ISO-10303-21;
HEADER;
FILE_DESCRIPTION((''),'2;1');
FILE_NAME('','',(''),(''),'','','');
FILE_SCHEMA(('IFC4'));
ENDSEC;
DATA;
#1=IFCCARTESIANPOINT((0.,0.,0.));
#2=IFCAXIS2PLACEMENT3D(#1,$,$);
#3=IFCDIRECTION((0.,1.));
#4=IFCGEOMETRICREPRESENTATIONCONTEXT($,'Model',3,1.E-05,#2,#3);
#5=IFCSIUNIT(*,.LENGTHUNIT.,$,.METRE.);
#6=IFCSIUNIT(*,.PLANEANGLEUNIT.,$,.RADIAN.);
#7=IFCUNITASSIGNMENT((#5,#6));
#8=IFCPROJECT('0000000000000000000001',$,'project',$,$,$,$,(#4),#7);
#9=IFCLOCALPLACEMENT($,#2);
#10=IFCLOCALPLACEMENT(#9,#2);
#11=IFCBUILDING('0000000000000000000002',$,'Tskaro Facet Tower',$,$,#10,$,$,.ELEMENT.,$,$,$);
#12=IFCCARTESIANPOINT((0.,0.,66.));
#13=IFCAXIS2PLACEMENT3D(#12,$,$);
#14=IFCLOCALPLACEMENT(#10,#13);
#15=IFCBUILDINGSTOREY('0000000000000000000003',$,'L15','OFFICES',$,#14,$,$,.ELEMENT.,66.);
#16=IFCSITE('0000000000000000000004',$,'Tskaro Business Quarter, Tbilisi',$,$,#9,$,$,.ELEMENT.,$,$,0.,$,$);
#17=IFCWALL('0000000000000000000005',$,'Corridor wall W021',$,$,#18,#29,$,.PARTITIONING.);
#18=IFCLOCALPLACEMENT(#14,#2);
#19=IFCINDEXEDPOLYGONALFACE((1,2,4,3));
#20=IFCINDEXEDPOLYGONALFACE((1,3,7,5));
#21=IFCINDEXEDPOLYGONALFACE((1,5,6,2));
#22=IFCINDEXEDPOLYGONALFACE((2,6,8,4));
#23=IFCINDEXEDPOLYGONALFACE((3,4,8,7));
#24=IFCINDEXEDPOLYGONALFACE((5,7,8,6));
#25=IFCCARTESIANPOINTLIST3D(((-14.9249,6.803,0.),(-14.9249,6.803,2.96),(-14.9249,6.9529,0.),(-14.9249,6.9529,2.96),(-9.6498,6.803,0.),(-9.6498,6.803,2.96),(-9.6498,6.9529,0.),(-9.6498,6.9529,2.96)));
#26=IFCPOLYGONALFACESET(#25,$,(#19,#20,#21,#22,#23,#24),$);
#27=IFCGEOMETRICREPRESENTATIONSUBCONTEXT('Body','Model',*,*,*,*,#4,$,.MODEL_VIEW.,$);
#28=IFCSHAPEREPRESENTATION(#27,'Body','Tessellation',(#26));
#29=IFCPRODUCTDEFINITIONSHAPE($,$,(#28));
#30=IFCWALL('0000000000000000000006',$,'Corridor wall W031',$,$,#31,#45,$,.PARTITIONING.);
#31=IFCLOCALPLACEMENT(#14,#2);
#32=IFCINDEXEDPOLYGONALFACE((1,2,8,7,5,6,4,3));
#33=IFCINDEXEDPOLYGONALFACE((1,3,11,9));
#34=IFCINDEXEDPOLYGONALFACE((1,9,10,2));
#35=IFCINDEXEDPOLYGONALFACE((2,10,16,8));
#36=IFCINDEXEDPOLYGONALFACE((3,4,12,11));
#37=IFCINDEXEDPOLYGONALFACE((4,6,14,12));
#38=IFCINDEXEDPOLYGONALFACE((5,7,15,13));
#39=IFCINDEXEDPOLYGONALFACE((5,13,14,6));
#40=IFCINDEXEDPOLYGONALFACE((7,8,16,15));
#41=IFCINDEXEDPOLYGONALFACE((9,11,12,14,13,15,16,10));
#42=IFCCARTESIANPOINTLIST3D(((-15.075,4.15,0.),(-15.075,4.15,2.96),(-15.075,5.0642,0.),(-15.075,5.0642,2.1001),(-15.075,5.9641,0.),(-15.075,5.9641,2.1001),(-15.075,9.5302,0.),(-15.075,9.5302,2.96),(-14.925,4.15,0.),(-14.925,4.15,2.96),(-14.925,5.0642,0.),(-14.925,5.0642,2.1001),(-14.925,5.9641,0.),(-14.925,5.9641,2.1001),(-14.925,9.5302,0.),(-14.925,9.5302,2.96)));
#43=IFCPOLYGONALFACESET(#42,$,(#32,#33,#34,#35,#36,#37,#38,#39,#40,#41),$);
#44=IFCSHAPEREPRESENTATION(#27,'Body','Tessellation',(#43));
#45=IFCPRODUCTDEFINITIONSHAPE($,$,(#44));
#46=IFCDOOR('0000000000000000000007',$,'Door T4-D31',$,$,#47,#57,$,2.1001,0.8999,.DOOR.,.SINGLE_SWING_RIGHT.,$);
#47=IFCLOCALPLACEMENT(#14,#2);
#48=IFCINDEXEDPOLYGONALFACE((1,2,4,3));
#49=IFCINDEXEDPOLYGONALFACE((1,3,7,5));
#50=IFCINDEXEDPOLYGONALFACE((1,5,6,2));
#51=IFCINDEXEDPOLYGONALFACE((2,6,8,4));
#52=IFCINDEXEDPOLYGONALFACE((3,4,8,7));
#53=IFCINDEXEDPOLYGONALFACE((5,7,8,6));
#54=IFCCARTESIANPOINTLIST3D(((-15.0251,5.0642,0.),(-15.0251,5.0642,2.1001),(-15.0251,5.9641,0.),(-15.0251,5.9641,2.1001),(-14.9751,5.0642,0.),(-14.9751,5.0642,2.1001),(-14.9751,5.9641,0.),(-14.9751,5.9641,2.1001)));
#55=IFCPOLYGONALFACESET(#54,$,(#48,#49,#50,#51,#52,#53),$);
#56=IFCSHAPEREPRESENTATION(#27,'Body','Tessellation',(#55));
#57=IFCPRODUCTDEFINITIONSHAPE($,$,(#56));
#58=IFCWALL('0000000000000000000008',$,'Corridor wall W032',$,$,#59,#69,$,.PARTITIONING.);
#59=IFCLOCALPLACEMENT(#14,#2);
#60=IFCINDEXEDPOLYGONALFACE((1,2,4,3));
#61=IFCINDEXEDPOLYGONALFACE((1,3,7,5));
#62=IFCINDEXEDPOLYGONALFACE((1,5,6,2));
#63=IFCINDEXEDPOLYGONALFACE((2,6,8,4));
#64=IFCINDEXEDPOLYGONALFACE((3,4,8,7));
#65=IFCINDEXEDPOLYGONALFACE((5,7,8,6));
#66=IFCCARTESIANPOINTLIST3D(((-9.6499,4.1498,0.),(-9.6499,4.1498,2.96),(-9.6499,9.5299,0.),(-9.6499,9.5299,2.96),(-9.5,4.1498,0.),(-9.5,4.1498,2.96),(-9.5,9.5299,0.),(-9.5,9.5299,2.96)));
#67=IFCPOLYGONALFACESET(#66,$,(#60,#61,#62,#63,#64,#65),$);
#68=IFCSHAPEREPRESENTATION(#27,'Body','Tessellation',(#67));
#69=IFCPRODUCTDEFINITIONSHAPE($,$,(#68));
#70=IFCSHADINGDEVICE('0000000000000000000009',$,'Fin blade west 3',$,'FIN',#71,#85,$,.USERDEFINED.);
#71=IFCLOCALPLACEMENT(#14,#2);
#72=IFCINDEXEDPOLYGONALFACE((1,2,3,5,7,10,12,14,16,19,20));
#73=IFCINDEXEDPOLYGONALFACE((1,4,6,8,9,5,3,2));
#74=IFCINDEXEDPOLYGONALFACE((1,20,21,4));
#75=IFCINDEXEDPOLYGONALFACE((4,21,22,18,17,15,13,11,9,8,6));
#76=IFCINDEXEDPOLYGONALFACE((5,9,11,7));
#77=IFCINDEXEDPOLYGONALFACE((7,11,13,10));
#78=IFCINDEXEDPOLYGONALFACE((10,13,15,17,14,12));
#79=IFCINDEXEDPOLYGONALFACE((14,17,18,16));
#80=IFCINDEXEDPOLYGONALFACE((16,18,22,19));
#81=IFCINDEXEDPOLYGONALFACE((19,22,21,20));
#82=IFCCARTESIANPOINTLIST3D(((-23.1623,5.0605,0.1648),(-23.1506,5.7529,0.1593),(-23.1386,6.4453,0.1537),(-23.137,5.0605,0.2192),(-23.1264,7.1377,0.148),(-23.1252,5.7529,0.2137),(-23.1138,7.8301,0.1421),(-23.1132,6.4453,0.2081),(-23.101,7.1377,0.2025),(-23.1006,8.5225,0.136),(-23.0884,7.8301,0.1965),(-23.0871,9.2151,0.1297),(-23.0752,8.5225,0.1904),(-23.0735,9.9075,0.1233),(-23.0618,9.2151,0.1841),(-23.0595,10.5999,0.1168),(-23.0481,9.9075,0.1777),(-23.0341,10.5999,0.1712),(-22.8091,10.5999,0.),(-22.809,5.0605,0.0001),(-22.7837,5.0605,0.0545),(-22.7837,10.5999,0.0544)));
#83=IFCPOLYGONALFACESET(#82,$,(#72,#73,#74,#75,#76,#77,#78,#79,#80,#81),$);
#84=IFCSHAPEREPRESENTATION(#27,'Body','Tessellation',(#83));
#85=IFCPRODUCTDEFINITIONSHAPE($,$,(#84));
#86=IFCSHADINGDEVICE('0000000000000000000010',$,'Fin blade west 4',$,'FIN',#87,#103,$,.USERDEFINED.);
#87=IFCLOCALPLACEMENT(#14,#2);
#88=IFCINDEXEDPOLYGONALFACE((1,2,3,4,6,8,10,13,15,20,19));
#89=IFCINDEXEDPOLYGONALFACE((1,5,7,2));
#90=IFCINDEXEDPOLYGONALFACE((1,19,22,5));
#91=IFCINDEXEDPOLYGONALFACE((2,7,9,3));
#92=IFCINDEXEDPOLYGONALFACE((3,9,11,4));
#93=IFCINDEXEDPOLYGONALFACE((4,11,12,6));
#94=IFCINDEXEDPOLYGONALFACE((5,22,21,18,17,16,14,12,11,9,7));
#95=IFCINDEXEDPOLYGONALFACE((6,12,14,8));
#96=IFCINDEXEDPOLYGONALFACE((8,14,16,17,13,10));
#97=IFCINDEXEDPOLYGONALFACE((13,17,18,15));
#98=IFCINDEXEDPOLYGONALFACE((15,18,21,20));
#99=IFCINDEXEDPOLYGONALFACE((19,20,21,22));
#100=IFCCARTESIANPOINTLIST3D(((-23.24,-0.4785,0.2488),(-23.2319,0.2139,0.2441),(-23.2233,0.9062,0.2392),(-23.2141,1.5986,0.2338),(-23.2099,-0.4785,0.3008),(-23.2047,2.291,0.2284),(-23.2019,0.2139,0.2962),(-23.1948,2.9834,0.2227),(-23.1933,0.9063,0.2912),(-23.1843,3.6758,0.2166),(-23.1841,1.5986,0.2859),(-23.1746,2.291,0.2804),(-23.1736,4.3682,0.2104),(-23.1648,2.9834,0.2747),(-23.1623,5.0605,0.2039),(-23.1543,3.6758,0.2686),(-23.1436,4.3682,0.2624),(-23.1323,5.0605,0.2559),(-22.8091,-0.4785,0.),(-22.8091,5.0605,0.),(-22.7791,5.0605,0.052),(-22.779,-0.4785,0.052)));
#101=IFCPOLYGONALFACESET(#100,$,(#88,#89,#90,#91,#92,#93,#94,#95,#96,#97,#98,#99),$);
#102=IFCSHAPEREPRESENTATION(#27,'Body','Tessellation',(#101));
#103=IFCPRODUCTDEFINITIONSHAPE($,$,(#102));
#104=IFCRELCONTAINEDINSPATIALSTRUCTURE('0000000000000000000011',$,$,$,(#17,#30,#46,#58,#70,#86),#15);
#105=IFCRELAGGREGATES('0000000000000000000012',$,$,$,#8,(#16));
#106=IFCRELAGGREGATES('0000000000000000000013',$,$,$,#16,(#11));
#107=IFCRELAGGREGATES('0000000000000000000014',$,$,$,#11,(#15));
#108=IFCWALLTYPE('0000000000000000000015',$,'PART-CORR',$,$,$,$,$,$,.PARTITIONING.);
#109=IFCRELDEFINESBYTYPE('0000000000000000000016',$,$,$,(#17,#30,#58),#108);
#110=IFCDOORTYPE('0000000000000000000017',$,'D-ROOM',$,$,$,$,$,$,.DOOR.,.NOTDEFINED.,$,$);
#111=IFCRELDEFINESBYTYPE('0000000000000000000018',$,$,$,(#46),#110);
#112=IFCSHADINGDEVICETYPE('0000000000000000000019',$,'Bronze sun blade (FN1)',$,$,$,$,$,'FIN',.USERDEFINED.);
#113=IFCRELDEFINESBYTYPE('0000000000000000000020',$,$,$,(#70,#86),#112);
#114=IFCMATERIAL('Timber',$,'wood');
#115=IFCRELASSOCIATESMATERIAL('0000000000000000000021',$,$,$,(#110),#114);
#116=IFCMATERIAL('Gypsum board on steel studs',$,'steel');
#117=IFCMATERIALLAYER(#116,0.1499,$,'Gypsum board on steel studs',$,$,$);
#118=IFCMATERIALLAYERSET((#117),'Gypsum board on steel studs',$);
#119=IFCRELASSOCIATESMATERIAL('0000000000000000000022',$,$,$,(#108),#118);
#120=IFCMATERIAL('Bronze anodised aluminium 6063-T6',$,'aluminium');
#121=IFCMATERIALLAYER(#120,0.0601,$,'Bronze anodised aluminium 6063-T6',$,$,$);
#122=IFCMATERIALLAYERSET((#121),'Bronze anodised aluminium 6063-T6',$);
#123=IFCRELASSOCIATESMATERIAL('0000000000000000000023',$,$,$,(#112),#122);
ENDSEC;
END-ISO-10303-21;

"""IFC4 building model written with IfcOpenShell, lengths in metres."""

from ifc_helpers import new_model, si_unit, direction, frame, frame_2d, origin, place, context, subcontext, project, spatial, polyline, rectangle, outline, extrude, material, layer, layer_set, type_object, element, fill, save


model = new_model("IFC4")

# Units and contexts
model_context = context("Model", 3, precision=1e-05, world=origin(), true_north=direction((0.0, 1.0)))
body_context = subcontext(model_context, "Body", "Model", "MODEL_VIEW")
ifc_project = project(units=[si_unit("LENGTHUNIT", "METRE"), si_unit("PLANEANGLEUNIT", "RADIAN")], contexts=[model_context])

# Site, building, storey
site_placement = place(None, origin())
site = spatial("IfcSite", under=ifc_project, at=site_placement, Name="Tskaro Business Quarter, Tbilisi", CompositionType="ELEMENT", RefElevation=0.0)
building_placement = place(site_placement, origin())
building = spatial("IfcBuilding", under=site, at=building_placement, Name="Tskaro Facet Tower", CompositionType="ELEMENT")
storey_placement = place(building_placement, frame((0.0, 0.0, 66.0)))
storey = spatial("IfcBuildingStorey", under=building, at=storey_placement, Name="L15", Description="OFFICES", CompositionType="ELEMENT", Elevation=66.0)

# Shared definitions
ifc_material_1 = material(Name="Bronze anodised aluminium 6063-T6", Category="aluminium")

# Shared definitions
ifc_material_2 = material(Name="Timber", Category="wood")
door_type_1 = type_object("IfcDoorType", Name="D-ROOM", OperationType="NOTDEFINED", PredefinedType="DOOR", material=ifc_material_2)

# Wall
ifc_material_3 = material(Name="Gypsum board on steel studs", Category="steel")
ifc_layer_1 = layer(ifc_material_3, 0.1499, Name="Gypsum board on steel studs")
ifc_layer_set_1 = layer_set([ifc_layer_1], Name="Gypsum board on steel studs")
wall_type_1 = type_object("IfcWallType", Name="PART-CORR", PredefinedType="PARTITIONING", material=ifc_layer_set_1)
wall_1_placement = place(storey_placement, frame((-14.925, 6.8779, 0.0), z_axis=(0.0, 0.0, 1.0), x_axis=(1.0, 0.0, 0.0)))
element("IfcWall", 1, at=wall_1_placement, inside=storey, type_object=wall_type_1, Name="Corridor wall W021", PredefinedType="PARTITIONING", context=body_context, shape_type="SweptSolid", body=[
    extrude(rectangle(XDim=5.2751, YDim=0.1499, at=frame_2d((2.6377, 0.0))), origin(), (0.0, 0.0, 1.0), 2.96),
])

# Wall, opening, door
wall_2_placement = place(storey_placement, frame((-15.0, 9.53, 0.0), z_axis=(0.0, 0.0, 1.0), x_axis=(0.0, -1.0, 0.0)))
wall_2 = element("IfcWall", 2, at=wall_2_placement, inside=storey, type_object=wall_type_1, Name="Corridor wall W031", PredefinedType="PARTITIONING", context=body_context, shape_type="SweptSolid", body=[
    extrude(rectangle(XDim=5.3801, YDim=0.1499, at=frame_2d((2.6899, 0.0))), origin(), (0.0, 0.0, 1.0), 2.96),
])
opening_1_placement = place(wall_2_placement, frame((3.5659, 0.0, 0.0)))
opening_1 = element("IfcOpeningElement", 3, at=opening_1_placement, cuts=wall_2, PredefinedType="OPENING", context=body_context, shape_type="SweptSolid", body=[
    extrude(rectangle(XDim=0.8999, YDim=2.1001, at=frame_2d((0.45, 1.05))), frame((0.0, 0.085, 0.0), z_axis=(0.0, -1.0, 0.0), x_axis=(1.0, 0.0, 0.0)), (0.0, 0.0, 1.0), 0.1699),
])
door_1_placement = place(opening_1_placement, origin())
door_1 = element("IfcDoor", 4, at=door_1_placement, inside=storey, type_object=door_type_1, Name="Door T4-D31", OperationType="SINGLE_SWING_RIGHT", OverallHeight=2.1001, OverallWidth=0.8999, PredefinedType="DOOR", context=body_context, shape_type="SweptSolid", body=[
    extrude(rectangle(XDim=0.8999, YDim=2.1001, at=frame_2d((0.45, 1.05))), frame((0.0, 0.0249, 0.0), z_axis=(0.0, -1.0, 0.0), x_axis=(1.0, 0.0, 0.0)), (0.0, 0.0, 1.0), 0.05),
])
fill(opening_1, door_1)

# Wall
wall_3_placement = place(storey_placement, frame((-9.575, 4.1499, 0.0), z_axis=(0.0, 0.0, 1.0), x_axis=(0.0, 1.0, 0.0)))
element("IfcWall", 5, at=wall_3_placement, inside=storey, type_object=wall_type_1, Name="Corridor wall W032", PredefinedType="PARTITIONING", context=body_context, shape_type="SweptSolid", body=[
    extrude(rectangle(XDim=5.3801, YDim=0.1499, at=frame_2d((2.6899, 0.0))), origin(), (0.0, 0.0, 1.0), 2.96),
])

# Shading devices
ifc_layer_2 = layer(ifc_material_1, 0.0601, Name="Bronze anodised aluminium 6063-T6")
ifc_layer_set_2 = layer_set([ifc_layer_2], Name="Bronze anodised aluminium 6063-T6")
shading_device_type = type_object("IfcShadingDeviceType", Name="Bronze sun blade (FN1)", ElementType="FIN", PredefinedType="USERDEFINED", material=ifc_layer_set_2)
shading_device_1_placement = place(storey_placement, frame((-22.7837, 10.5999, 0.0544), z_axis=(0.422541, 0.000015, 0.906344), x_axis=(0.000006, -1.0, 0.000013)))
element("IfcShadingDevice", 6, at=shading_device_1_placement, inside=storey, type_object=shading_device_type, Name="Fin blade west 3", ObjectType="FIN", PredefinedType="USERDEFINED", context=body_context, shape_type="SweptSolid", body=[
    extrude(outline(polyline([(0.0, 0.0), (5.5393, 0.0), (5.5393, -0.3898), (4.8469, -0.3768), (4.1545, -0.3636), (3.4622, -0.3502), (2.7698, -0.3362), (2.0774, -0.3217), (1.3848, -0.3068), (0.6924, -0.2917), (0.0, -0.2763), (0.0, 0.0)])), origin(), (0.0, 0.0, -1.0), 0.0601),
])
shading_device_2_placement = place(storey_placement, frame((-22.7791, 5.0605, 0.052), z_axis=(0.499966, 0.000007, 0.866045), x_axis=(0.000004, -1.0, 0.000006)))
element("IfcShadingDevice", 7, at=shading_device_2_placement, inside=storey, type_object=shading_device_type, Name="Fin blade west 4", ObjectType="FIN", PredefinedType="USERDEFINED", context=body_context, shape_type="SweptSolid", body=[
    extrude(outline(polyline([(0.0, 0.0), (5.5391, 0.0), (5.5391, -0.4976), (4.8467, -0.4883), (4.1543, -0.4783), (3.4619, -0.4677), (2.7695, -0.4568), (2.0771, -0.4454), (1.3848, -0.4332), (0.6924, -0.4209), (0.0, -0.4079), (0.0, 0.0)])), origin(), (0.0, 0.0, -1.0), 0.0601),
])

save(model, "model.ifc")
